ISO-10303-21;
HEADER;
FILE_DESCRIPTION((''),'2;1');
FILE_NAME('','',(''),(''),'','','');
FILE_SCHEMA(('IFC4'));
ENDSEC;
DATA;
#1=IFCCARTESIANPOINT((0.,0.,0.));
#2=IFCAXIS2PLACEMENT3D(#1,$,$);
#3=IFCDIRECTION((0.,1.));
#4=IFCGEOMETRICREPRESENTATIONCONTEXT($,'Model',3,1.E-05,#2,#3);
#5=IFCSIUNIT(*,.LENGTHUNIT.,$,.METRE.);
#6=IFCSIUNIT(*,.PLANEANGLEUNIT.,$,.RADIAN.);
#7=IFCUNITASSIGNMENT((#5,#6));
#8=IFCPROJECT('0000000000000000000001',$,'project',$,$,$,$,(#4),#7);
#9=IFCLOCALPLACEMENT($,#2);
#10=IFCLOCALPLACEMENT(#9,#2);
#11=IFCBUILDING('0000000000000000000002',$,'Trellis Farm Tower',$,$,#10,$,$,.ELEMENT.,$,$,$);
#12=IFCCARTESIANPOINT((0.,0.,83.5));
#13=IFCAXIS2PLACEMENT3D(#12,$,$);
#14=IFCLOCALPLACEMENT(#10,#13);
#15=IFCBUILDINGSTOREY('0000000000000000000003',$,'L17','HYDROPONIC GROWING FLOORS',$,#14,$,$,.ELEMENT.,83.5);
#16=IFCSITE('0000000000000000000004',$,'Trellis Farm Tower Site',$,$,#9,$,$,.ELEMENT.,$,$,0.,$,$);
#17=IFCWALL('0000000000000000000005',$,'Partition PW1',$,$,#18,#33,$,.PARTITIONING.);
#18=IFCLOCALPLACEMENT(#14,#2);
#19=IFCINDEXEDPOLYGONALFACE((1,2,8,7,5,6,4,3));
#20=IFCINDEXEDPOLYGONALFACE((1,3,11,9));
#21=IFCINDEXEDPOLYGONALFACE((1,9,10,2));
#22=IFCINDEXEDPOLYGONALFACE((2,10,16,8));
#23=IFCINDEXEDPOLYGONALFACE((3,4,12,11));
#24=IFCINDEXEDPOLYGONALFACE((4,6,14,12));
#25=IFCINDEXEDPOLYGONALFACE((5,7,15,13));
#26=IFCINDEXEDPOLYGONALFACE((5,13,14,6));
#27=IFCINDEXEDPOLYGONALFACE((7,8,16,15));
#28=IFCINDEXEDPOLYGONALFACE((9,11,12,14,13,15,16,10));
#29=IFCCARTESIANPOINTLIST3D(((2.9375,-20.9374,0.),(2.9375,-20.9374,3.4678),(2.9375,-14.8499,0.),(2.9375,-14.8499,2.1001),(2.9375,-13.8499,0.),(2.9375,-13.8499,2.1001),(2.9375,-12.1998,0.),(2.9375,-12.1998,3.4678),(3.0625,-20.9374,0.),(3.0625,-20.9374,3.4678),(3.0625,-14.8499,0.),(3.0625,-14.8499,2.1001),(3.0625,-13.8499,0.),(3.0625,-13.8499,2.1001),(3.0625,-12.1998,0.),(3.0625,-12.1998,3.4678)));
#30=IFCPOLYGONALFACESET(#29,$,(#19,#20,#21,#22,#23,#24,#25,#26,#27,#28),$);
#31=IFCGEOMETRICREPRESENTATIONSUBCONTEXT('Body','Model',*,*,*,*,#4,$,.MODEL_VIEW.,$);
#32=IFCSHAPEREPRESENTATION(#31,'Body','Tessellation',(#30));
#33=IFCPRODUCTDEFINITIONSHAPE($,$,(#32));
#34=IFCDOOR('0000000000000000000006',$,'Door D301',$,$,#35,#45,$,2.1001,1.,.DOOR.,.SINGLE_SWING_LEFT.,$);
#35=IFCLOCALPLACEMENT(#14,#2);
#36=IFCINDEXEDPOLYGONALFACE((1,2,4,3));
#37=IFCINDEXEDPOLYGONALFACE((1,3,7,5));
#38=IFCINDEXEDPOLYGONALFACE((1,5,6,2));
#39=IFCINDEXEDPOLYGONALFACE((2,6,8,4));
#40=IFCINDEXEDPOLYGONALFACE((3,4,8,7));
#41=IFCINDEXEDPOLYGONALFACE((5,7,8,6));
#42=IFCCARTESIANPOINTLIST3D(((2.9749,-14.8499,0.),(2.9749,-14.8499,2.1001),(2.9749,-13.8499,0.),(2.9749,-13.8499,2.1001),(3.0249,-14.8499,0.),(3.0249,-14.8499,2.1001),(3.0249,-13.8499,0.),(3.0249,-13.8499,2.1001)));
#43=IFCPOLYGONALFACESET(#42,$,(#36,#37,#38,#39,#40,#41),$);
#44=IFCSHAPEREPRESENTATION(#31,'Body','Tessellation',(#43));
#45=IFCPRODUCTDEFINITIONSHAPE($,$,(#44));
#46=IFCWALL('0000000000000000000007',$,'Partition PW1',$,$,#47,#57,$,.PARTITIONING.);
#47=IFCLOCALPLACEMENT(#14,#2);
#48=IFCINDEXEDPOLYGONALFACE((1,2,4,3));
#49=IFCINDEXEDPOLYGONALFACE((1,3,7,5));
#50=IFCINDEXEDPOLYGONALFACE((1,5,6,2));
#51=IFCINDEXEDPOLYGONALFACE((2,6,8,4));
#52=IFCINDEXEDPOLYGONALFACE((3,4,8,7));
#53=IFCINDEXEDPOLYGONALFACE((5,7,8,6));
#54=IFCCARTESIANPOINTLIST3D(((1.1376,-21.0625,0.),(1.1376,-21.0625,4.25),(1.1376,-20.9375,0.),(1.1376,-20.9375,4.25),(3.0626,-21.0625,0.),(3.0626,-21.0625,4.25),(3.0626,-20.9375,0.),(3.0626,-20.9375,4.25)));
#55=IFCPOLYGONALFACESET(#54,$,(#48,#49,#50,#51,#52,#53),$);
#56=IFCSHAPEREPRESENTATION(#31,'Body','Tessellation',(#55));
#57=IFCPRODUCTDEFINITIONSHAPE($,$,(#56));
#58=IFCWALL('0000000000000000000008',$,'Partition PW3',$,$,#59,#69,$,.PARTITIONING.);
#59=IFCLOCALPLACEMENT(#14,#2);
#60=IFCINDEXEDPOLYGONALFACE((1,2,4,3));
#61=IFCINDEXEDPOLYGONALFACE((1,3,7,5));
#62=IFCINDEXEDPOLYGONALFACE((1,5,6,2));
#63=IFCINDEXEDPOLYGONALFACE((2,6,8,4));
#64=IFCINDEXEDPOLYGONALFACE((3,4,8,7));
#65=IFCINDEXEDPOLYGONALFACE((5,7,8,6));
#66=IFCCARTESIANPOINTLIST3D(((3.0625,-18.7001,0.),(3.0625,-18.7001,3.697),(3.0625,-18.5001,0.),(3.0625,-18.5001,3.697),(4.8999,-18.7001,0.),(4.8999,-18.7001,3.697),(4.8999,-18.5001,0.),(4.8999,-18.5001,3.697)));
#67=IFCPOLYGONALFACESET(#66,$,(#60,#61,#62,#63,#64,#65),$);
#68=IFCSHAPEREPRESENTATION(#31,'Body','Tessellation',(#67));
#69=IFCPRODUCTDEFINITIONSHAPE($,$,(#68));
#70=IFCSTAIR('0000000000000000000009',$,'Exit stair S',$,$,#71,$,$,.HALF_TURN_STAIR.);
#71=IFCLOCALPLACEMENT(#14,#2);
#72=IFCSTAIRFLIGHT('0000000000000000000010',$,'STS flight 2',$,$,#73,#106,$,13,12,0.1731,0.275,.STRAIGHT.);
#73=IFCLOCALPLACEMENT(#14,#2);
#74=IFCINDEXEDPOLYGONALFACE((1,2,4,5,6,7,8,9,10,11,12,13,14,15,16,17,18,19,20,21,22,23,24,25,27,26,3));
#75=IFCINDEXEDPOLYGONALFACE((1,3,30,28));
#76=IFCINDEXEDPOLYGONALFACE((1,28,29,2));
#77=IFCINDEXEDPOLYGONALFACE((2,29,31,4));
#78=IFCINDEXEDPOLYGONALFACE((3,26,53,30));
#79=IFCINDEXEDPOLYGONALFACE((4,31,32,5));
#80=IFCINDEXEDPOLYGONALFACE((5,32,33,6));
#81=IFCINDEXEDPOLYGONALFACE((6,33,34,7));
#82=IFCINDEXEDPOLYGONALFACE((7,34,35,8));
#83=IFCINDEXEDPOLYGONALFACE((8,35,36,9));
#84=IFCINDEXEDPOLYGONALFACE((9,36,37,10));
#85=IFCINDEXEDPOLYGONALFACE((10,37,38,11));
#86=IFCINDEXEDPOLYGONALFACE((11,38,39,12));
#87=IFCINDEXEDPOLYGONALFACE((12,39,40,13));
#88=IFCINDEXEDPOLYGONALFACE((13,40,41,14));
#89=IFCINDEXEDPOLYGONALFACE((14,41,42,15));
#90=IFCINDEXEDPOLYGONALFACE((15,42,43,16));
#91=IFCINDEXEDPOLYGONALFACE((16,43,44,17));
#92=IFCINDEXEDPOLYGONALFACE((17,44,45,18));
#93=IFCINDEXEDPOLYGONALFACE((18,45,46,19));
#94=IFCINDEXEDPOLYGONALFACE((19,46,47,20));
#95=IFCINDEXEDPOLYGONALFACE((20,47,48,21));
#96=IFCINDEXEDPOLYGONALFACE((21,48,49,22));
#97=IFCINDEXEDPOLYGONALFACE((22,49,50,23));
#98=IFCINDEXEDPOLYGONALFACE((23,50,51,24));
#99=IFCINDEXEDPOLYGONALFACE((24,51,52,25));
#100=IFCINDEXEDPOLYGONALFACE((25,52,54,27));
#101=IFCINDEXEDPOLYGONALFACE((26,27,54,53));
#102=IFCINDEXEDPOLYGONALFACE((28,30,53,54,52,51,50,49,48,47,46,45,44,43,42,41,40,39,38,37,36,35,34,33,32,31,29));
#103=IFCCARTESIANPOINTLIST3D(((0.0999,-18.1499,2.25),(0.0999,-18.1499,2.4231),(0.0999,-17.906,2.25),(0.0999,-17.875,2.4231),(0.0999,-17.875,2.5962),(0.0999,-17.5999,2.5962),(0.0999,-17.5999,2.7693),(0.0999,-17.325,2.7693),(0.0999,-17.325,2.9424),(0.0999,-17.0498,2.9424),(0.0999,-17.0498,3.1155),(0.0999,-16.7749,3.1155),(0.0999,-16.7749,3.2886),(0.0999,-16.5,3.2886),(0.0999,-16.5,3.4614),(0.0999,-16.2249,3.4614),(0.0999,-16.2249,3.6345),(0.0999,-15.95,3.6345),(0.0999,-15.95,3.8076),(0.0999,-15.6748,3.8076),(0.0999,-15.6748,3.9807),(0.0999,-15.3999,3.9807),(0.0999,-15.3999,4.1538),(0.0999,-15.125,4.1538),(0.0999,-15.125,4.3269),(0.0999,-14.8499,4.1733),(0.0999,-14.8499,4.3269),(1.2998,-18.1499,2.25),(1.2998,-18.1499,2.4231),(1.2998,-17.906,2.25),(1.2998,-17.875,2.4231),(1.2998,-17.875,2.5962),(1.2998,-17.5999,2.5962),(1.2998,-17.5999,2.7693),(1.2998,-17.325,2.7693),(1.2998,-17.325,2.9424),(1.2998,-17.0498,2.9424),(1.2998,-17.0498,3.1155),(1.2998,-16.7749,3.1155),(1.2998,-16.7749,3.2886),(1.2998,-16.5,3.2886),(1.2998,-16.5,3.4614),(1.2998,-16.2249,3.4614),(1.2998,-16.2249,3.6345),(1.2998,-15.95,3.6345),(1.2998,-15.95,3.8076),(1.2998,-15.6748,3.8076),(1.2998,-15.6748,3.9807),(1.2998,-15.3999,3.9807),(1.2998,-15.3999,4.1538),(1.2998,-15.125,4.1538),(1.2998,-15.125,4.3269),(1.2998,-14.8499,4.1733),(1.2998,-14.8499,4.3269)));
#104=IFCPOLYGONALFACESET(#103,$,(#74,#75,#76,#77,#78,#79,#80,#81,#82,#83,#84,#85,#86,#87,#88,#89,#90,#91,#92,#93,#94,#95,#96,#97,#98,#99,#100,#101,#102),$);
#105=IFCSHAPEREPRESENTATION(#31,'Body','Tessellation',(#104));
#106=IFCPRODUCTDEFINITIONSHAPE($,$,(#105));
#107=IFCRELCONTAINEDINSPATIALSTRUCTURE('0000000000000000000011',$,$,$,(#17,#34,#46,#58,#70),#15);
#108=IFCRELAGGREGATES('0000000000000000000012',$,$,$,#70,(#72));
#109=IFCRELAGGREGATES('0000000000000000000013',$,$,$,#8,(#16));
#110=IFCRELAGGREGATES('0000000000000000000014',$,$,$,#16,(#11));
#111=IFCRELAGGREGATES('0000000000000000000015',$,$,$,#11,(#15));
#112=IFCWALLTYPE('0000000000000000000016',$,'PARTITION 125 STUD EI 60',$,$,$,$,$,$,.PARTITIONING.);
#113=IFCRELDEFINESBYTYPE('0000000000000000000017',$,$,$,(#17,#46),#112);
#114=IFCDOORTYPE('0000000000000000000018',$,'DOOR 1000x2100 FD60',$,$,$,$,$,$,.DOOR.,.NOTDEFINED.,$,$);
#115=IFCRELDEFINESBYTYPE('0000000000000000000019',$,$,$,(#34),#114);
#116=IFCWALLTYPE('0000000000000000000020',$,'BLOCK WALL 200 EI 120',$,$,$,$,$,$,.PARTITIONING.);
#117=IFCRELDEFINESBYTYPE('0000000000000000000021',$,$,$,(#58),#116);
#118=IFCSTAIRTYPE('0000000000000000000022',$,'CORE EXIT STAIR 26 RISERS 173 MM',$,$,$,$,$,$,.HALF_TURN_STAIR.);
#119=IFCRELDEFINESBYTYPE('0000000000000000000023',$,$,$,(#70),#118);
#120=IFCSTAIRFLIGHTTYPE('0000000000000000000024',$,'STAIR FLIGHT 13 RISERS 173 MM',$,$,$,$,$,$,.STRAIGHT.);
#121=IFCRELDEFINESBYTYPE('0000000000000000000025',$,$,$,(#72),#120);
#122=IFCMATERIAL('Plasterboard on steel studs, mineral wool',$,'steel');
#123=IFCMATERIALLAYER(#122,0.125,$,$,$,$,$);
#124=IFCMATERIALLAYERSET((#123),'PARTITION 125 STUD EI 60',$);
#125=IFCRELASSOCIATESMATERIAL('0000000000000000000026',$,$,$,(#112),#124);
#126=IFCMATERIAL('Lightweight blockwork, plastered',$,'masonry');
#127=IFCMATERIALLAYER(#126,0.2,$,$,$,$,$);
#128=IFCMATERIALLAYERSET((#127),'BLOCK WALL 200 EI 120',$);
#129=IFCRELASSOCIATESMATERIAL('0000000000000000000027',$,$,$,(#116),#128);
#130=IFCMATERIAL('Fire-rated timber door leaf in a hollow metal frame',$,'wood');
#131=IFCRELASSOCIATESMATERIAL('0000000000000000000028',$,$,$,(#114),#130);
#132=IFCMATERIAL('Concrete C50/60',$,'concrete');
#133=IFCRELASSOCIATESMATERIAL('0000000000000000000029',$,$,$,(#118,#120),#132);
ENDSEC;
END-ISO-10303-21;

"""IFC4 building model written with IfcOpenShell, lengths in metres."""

from ifc_helpers import new_model, si_unit, direction, frame, frame_2d, origin, place, context, subcontext, project, spatial, polyline, rectangle, outline, extrude, source, transform, mapped, material, layer, layer_set, type_object, element, fill, aggregate, save


model = new_model("IFC4")

# Units and contexts
model_context = context("Model", 3, precision=1e-05, world=origin(), true_north=direction((0.0, 1.0)))
body_context = subcontext(model_context, "Body", "Model", "MODEL_VIEW")
ifc_project = project(units=[si_unit("LENGTHUNIT", "METRE"), si_unit("PLANEANGLEUNIT", "RADIAN")], contexts=[model_context])

# Site, building, storey
site_placement = place(None, origin())
site = spatial("IfcSite", under=ifc_project, at=site_placement, Name="Trellis Farm Tower Site", CompositionType="ELEMENT", RefElevation=0.0)
building_placement = place(site_placement, origin())
building = spatial("IfcBuilding", under=site, at=building_placement, Name="Trellis Farm Tower", CompositionType="ELEMENT")
storey_placement = place(building_placement, frame((0.0, 0.0, 83.5)))
storey = spatial("IfcBuildingStorey", under=building, at=storey_placement, Name="L17", Description="HYDROPONIC GROWING FLOORS", CompositionType="ELEMENT", Elevation=83.5)

# Shared definitions
placement = place(storey_placement, origin())

# Shared definitions
ifc_material_1 = material(Name="Plasterboard on steel studs, mineral wool", Category="steel")
ifc_layer_1 = layer(ifc_material_1, 0.125)
ifc_layer_set_1 = layer_set([ifc_layer_1], Name="PARTITION 125 STUD EI 60")
wall_type_1 = type_object("IfcWallType", Name="PARTITION 125 STUD EI 60", PredefinedType="PARTITIONING", material=ifc_layer_set_1)
ifc_material_2 = material(Name="Lightweight blockwork, plastered", Category="masonry")
ifc_layer_2 = layer(ifc_material_2, 0.2)
ifc_layer_set_2 = layer_set([ifc_layer_2], Name="BLOCK WALL 200 EI 120")
wall_type_2 = type_object("IfcWallType", Name="BLOCK WALL 200 EI 120", PredefinedType="PARTITIONING", material=ifc_layer_set_2)

# Shared definitions
shared_shape_1 = source(origin(), body_context, "Body", "SweptSolid", [
    extrude(rectangle(XDim=1.0, YDim=2.1001, at=frame_2d((0.5, 1.05))), frame((0.0, 0.0725, 0.0), z_axis=(0.0, -1.0, 0.0), x_axis=(1.0, 0.0, 0.0)), (0.0, 0.0, 1.0), 0.145),
])
ifc_material_3 = material(Name="Fire-rated timber door leaf in a hollow metal frame", Category="wood")
door_type_1 = type_object("IfcDoorType", Name="DOOR 1000x2100 FD60", OperationType="NOTDEFINED", PredefinedType="DOOR", material=ifc_material_3)
shared_shape_2 = source(origin(), body_context, "Body", "SweptSolid", [
    extrude(rectangle(XDim=1.0, YDim=2.1001, at=frame_2d((0.5, 1.05))), frame((0.0, 0.0249, 0.0), z_axis=(0.0, -1.0, 0.0), x_axis=(1.0, 0.0, 0.0)), (0.0, 0.0, 1.0), 0.05),
])

# Wall, opening, door
shared_shape_3 = source(origin(), body_context, "Body", "SweptSolid", [
    extrude(rectangle(XDim=8.7375, YDim=0.125, at=frame_2d((4.3687, 0.0))), origin(), (0.0, 0.0, 1.0), 3.4678),
])
wall_1_placement = place(storey_placement, frame((3.0, -12.2, 0.0), z_axis=(0.0, 0.0, 1.0), x_axis=(0.0, -1.0, 0.0)))
wall_1 = element("IfcWall", 1, at=wall_1_placement, inside=storey, type_object=wall_type_1, Name="Partition PW1", PredefinedType="PARTITIONING", context=body_context, shape_type="MappedRepresentation", body=[
    mapped(shared_shape_3, transform((0.0, 0.0, 0.0))),
])
opening_1_placement = place(wall_1_placement, frame((1.6499, 0.0, 0.0)))
opening_1 = element("IfcOpeningElement", 2, at=opening_1_placement, cuts=wall_1, PredefinedType="OPENING", context=body_context, shape_type="MappedRepresentation", body=[
    mapped(shared_shape_1, transform((0.0, 0.0, 0.0))),
])
door_1_placement = place(opening_1_placement, origin())
door_1 = element("IfcDoor", 3, at=door_1_placement, inside=storey, type_object=door_type_1, Name="Door D301", OperationType="SINGLE_SWING_LEFT", OverallHeight=2.1001, OverallWidth=1.0, PredefinedType="DOOR", context=body_context, shape_type="MappedRepresentation", body=[
    mapped(shared_shape_2, transform((0.0, 0.0, 0.0))),
])
fill(opening_1, door_1)

# Walls
shared_shape_4 = source(origin(), body_context, "Body", "SweptSolid", [
    extrude(rectangle(XDim=1.925, YDim=0.125, at=frame_2d((0.9624, 0.0))), origin(), (0.0, 0.0, 1.0), 4.25),
])
wall_2_placement = place(storey_placement, frame((3.0625, -21.0, 0.0), z_axis=(0.0, 0.0, 1.0), x_axis=(-1.0, 0.0, 0.0)))
element("IfcWall", 4, at=wall_2_placement, inside=storey, type_object=wall_type_1, Name="Partition PW1", PredefinedType="PARTITIONING", context=body_context, shape_type="MappedRepresentation", body=[
    mapped(shared_shape_4, transform((0.0, 0.0, 0.0))),
])
shared_shape_5 = source(origin(), body_context, "Body", "SweptSolid", [
    extrude(rectangle(XDim=1.8374, YDim=0.2, at=frame_2d((0.9187, 0.0))), origin(), (0.0, 0.0, 1.0), 3.697),
])
wall_3_placement = place(storey_placement, frame((3.0625, -18.6001, 0.0), z_axis=(0.0, 0.0, 1.0), x_axis=(1.0, 0.0, 0.0)))
element("IfcWall", 5, at=wall_3_placement, inside=storey, type_object=wall_type_2, Name="Partition PW3", PredefinedType="PARTITIONING", context=body_context, shape_type="MappedRepresentation", body=[
    mapped(shared_shape_5, transform((0.0, 0.0, 0.0))),
])

# Stair, stair flight
ifc_material_4 = material(Name="Concrete C50/60", Category="concrete")
stair_type = type_object("IfcStairType", Name="CORE EXIT STAIR 26 RISERS 173 MM", PredefinedType="HALF_TURN_STAIR", material=ifc_material_4)
stair = element("IfcStair", 6, at=placement, inside=storey, type_object=stair_type, Name="Exit stair S", PredefinedType="HALF_TURN_STAIR")
stair_flight_type = type_object("IfcStairFlightType", Name="STAIR FLIGHT 13 RISERS 173 MM", PredefinedType="STRAIGHT", material=ifc_material_4)
shared_shape_6 = source(origin(), body_context, "Body", "SweptSolid", [
    extrude(outline(polyline([(0.0, 0.0), (0.0, 0.1731), (0.2749, 0.1731), (0.2749, 0.3462), (0.55, 0.3462), (0.55, 0.5193), (0.825, 0.5193), (0.825, 0.6924), (1.1001, 0.6924), (1.1001, 0.8655), (1.375, 0.8655), (1.375, 1.0386), (1.6499, 1.0386), (1.6499, 1.2114), (1.925, 1.2114), (1.925, 1.3845), (2.2, 1.3845), (2.2, 1.5576), (2.4751, 1.5576), (2.4751, 1.7307), (2.75, 1.7307), (2.75, 1.9038), (3.0249, 1.9038), (3.0249, 2.0769), (3.3, 2.0769), (3.3, 2.25), (3.3, 1.9233), (0.2439, 0.0), (0.0, 0.0)])), frame((0.0, 0.6001, 0.0), z_axis=(0.0, -1.0, 0.0), x_axis=(1.0, 0.0, 0.0)), (0.0, 0.0, 1.0), 1.2),
])
stair_flight_placement = place(storey_placement, frame((0.7, -18.1499, 2.25), z_axis=(0.0, 0.0, 1.0), x_axis=(0.0, 1.0, 0.0)))
stair_flight = element("IfcStairFlight", 7, at=stair_flight_placement, type_object=stair_flight_type, Name="STS flight 2", NumberOfRisers=13, NumberOfTreads=12, PredefinedType="STRAIGHT", RiserHeight=0.1731, TreadLength=0.275, context=body_context, shape_type="MappedRepresentation", body=[
    mapped(shared_shape_6, transform((0.0, 0.0, 0.0))),
])
aggregate(stair, [stair_flight])

save(model, "model.ifc")
